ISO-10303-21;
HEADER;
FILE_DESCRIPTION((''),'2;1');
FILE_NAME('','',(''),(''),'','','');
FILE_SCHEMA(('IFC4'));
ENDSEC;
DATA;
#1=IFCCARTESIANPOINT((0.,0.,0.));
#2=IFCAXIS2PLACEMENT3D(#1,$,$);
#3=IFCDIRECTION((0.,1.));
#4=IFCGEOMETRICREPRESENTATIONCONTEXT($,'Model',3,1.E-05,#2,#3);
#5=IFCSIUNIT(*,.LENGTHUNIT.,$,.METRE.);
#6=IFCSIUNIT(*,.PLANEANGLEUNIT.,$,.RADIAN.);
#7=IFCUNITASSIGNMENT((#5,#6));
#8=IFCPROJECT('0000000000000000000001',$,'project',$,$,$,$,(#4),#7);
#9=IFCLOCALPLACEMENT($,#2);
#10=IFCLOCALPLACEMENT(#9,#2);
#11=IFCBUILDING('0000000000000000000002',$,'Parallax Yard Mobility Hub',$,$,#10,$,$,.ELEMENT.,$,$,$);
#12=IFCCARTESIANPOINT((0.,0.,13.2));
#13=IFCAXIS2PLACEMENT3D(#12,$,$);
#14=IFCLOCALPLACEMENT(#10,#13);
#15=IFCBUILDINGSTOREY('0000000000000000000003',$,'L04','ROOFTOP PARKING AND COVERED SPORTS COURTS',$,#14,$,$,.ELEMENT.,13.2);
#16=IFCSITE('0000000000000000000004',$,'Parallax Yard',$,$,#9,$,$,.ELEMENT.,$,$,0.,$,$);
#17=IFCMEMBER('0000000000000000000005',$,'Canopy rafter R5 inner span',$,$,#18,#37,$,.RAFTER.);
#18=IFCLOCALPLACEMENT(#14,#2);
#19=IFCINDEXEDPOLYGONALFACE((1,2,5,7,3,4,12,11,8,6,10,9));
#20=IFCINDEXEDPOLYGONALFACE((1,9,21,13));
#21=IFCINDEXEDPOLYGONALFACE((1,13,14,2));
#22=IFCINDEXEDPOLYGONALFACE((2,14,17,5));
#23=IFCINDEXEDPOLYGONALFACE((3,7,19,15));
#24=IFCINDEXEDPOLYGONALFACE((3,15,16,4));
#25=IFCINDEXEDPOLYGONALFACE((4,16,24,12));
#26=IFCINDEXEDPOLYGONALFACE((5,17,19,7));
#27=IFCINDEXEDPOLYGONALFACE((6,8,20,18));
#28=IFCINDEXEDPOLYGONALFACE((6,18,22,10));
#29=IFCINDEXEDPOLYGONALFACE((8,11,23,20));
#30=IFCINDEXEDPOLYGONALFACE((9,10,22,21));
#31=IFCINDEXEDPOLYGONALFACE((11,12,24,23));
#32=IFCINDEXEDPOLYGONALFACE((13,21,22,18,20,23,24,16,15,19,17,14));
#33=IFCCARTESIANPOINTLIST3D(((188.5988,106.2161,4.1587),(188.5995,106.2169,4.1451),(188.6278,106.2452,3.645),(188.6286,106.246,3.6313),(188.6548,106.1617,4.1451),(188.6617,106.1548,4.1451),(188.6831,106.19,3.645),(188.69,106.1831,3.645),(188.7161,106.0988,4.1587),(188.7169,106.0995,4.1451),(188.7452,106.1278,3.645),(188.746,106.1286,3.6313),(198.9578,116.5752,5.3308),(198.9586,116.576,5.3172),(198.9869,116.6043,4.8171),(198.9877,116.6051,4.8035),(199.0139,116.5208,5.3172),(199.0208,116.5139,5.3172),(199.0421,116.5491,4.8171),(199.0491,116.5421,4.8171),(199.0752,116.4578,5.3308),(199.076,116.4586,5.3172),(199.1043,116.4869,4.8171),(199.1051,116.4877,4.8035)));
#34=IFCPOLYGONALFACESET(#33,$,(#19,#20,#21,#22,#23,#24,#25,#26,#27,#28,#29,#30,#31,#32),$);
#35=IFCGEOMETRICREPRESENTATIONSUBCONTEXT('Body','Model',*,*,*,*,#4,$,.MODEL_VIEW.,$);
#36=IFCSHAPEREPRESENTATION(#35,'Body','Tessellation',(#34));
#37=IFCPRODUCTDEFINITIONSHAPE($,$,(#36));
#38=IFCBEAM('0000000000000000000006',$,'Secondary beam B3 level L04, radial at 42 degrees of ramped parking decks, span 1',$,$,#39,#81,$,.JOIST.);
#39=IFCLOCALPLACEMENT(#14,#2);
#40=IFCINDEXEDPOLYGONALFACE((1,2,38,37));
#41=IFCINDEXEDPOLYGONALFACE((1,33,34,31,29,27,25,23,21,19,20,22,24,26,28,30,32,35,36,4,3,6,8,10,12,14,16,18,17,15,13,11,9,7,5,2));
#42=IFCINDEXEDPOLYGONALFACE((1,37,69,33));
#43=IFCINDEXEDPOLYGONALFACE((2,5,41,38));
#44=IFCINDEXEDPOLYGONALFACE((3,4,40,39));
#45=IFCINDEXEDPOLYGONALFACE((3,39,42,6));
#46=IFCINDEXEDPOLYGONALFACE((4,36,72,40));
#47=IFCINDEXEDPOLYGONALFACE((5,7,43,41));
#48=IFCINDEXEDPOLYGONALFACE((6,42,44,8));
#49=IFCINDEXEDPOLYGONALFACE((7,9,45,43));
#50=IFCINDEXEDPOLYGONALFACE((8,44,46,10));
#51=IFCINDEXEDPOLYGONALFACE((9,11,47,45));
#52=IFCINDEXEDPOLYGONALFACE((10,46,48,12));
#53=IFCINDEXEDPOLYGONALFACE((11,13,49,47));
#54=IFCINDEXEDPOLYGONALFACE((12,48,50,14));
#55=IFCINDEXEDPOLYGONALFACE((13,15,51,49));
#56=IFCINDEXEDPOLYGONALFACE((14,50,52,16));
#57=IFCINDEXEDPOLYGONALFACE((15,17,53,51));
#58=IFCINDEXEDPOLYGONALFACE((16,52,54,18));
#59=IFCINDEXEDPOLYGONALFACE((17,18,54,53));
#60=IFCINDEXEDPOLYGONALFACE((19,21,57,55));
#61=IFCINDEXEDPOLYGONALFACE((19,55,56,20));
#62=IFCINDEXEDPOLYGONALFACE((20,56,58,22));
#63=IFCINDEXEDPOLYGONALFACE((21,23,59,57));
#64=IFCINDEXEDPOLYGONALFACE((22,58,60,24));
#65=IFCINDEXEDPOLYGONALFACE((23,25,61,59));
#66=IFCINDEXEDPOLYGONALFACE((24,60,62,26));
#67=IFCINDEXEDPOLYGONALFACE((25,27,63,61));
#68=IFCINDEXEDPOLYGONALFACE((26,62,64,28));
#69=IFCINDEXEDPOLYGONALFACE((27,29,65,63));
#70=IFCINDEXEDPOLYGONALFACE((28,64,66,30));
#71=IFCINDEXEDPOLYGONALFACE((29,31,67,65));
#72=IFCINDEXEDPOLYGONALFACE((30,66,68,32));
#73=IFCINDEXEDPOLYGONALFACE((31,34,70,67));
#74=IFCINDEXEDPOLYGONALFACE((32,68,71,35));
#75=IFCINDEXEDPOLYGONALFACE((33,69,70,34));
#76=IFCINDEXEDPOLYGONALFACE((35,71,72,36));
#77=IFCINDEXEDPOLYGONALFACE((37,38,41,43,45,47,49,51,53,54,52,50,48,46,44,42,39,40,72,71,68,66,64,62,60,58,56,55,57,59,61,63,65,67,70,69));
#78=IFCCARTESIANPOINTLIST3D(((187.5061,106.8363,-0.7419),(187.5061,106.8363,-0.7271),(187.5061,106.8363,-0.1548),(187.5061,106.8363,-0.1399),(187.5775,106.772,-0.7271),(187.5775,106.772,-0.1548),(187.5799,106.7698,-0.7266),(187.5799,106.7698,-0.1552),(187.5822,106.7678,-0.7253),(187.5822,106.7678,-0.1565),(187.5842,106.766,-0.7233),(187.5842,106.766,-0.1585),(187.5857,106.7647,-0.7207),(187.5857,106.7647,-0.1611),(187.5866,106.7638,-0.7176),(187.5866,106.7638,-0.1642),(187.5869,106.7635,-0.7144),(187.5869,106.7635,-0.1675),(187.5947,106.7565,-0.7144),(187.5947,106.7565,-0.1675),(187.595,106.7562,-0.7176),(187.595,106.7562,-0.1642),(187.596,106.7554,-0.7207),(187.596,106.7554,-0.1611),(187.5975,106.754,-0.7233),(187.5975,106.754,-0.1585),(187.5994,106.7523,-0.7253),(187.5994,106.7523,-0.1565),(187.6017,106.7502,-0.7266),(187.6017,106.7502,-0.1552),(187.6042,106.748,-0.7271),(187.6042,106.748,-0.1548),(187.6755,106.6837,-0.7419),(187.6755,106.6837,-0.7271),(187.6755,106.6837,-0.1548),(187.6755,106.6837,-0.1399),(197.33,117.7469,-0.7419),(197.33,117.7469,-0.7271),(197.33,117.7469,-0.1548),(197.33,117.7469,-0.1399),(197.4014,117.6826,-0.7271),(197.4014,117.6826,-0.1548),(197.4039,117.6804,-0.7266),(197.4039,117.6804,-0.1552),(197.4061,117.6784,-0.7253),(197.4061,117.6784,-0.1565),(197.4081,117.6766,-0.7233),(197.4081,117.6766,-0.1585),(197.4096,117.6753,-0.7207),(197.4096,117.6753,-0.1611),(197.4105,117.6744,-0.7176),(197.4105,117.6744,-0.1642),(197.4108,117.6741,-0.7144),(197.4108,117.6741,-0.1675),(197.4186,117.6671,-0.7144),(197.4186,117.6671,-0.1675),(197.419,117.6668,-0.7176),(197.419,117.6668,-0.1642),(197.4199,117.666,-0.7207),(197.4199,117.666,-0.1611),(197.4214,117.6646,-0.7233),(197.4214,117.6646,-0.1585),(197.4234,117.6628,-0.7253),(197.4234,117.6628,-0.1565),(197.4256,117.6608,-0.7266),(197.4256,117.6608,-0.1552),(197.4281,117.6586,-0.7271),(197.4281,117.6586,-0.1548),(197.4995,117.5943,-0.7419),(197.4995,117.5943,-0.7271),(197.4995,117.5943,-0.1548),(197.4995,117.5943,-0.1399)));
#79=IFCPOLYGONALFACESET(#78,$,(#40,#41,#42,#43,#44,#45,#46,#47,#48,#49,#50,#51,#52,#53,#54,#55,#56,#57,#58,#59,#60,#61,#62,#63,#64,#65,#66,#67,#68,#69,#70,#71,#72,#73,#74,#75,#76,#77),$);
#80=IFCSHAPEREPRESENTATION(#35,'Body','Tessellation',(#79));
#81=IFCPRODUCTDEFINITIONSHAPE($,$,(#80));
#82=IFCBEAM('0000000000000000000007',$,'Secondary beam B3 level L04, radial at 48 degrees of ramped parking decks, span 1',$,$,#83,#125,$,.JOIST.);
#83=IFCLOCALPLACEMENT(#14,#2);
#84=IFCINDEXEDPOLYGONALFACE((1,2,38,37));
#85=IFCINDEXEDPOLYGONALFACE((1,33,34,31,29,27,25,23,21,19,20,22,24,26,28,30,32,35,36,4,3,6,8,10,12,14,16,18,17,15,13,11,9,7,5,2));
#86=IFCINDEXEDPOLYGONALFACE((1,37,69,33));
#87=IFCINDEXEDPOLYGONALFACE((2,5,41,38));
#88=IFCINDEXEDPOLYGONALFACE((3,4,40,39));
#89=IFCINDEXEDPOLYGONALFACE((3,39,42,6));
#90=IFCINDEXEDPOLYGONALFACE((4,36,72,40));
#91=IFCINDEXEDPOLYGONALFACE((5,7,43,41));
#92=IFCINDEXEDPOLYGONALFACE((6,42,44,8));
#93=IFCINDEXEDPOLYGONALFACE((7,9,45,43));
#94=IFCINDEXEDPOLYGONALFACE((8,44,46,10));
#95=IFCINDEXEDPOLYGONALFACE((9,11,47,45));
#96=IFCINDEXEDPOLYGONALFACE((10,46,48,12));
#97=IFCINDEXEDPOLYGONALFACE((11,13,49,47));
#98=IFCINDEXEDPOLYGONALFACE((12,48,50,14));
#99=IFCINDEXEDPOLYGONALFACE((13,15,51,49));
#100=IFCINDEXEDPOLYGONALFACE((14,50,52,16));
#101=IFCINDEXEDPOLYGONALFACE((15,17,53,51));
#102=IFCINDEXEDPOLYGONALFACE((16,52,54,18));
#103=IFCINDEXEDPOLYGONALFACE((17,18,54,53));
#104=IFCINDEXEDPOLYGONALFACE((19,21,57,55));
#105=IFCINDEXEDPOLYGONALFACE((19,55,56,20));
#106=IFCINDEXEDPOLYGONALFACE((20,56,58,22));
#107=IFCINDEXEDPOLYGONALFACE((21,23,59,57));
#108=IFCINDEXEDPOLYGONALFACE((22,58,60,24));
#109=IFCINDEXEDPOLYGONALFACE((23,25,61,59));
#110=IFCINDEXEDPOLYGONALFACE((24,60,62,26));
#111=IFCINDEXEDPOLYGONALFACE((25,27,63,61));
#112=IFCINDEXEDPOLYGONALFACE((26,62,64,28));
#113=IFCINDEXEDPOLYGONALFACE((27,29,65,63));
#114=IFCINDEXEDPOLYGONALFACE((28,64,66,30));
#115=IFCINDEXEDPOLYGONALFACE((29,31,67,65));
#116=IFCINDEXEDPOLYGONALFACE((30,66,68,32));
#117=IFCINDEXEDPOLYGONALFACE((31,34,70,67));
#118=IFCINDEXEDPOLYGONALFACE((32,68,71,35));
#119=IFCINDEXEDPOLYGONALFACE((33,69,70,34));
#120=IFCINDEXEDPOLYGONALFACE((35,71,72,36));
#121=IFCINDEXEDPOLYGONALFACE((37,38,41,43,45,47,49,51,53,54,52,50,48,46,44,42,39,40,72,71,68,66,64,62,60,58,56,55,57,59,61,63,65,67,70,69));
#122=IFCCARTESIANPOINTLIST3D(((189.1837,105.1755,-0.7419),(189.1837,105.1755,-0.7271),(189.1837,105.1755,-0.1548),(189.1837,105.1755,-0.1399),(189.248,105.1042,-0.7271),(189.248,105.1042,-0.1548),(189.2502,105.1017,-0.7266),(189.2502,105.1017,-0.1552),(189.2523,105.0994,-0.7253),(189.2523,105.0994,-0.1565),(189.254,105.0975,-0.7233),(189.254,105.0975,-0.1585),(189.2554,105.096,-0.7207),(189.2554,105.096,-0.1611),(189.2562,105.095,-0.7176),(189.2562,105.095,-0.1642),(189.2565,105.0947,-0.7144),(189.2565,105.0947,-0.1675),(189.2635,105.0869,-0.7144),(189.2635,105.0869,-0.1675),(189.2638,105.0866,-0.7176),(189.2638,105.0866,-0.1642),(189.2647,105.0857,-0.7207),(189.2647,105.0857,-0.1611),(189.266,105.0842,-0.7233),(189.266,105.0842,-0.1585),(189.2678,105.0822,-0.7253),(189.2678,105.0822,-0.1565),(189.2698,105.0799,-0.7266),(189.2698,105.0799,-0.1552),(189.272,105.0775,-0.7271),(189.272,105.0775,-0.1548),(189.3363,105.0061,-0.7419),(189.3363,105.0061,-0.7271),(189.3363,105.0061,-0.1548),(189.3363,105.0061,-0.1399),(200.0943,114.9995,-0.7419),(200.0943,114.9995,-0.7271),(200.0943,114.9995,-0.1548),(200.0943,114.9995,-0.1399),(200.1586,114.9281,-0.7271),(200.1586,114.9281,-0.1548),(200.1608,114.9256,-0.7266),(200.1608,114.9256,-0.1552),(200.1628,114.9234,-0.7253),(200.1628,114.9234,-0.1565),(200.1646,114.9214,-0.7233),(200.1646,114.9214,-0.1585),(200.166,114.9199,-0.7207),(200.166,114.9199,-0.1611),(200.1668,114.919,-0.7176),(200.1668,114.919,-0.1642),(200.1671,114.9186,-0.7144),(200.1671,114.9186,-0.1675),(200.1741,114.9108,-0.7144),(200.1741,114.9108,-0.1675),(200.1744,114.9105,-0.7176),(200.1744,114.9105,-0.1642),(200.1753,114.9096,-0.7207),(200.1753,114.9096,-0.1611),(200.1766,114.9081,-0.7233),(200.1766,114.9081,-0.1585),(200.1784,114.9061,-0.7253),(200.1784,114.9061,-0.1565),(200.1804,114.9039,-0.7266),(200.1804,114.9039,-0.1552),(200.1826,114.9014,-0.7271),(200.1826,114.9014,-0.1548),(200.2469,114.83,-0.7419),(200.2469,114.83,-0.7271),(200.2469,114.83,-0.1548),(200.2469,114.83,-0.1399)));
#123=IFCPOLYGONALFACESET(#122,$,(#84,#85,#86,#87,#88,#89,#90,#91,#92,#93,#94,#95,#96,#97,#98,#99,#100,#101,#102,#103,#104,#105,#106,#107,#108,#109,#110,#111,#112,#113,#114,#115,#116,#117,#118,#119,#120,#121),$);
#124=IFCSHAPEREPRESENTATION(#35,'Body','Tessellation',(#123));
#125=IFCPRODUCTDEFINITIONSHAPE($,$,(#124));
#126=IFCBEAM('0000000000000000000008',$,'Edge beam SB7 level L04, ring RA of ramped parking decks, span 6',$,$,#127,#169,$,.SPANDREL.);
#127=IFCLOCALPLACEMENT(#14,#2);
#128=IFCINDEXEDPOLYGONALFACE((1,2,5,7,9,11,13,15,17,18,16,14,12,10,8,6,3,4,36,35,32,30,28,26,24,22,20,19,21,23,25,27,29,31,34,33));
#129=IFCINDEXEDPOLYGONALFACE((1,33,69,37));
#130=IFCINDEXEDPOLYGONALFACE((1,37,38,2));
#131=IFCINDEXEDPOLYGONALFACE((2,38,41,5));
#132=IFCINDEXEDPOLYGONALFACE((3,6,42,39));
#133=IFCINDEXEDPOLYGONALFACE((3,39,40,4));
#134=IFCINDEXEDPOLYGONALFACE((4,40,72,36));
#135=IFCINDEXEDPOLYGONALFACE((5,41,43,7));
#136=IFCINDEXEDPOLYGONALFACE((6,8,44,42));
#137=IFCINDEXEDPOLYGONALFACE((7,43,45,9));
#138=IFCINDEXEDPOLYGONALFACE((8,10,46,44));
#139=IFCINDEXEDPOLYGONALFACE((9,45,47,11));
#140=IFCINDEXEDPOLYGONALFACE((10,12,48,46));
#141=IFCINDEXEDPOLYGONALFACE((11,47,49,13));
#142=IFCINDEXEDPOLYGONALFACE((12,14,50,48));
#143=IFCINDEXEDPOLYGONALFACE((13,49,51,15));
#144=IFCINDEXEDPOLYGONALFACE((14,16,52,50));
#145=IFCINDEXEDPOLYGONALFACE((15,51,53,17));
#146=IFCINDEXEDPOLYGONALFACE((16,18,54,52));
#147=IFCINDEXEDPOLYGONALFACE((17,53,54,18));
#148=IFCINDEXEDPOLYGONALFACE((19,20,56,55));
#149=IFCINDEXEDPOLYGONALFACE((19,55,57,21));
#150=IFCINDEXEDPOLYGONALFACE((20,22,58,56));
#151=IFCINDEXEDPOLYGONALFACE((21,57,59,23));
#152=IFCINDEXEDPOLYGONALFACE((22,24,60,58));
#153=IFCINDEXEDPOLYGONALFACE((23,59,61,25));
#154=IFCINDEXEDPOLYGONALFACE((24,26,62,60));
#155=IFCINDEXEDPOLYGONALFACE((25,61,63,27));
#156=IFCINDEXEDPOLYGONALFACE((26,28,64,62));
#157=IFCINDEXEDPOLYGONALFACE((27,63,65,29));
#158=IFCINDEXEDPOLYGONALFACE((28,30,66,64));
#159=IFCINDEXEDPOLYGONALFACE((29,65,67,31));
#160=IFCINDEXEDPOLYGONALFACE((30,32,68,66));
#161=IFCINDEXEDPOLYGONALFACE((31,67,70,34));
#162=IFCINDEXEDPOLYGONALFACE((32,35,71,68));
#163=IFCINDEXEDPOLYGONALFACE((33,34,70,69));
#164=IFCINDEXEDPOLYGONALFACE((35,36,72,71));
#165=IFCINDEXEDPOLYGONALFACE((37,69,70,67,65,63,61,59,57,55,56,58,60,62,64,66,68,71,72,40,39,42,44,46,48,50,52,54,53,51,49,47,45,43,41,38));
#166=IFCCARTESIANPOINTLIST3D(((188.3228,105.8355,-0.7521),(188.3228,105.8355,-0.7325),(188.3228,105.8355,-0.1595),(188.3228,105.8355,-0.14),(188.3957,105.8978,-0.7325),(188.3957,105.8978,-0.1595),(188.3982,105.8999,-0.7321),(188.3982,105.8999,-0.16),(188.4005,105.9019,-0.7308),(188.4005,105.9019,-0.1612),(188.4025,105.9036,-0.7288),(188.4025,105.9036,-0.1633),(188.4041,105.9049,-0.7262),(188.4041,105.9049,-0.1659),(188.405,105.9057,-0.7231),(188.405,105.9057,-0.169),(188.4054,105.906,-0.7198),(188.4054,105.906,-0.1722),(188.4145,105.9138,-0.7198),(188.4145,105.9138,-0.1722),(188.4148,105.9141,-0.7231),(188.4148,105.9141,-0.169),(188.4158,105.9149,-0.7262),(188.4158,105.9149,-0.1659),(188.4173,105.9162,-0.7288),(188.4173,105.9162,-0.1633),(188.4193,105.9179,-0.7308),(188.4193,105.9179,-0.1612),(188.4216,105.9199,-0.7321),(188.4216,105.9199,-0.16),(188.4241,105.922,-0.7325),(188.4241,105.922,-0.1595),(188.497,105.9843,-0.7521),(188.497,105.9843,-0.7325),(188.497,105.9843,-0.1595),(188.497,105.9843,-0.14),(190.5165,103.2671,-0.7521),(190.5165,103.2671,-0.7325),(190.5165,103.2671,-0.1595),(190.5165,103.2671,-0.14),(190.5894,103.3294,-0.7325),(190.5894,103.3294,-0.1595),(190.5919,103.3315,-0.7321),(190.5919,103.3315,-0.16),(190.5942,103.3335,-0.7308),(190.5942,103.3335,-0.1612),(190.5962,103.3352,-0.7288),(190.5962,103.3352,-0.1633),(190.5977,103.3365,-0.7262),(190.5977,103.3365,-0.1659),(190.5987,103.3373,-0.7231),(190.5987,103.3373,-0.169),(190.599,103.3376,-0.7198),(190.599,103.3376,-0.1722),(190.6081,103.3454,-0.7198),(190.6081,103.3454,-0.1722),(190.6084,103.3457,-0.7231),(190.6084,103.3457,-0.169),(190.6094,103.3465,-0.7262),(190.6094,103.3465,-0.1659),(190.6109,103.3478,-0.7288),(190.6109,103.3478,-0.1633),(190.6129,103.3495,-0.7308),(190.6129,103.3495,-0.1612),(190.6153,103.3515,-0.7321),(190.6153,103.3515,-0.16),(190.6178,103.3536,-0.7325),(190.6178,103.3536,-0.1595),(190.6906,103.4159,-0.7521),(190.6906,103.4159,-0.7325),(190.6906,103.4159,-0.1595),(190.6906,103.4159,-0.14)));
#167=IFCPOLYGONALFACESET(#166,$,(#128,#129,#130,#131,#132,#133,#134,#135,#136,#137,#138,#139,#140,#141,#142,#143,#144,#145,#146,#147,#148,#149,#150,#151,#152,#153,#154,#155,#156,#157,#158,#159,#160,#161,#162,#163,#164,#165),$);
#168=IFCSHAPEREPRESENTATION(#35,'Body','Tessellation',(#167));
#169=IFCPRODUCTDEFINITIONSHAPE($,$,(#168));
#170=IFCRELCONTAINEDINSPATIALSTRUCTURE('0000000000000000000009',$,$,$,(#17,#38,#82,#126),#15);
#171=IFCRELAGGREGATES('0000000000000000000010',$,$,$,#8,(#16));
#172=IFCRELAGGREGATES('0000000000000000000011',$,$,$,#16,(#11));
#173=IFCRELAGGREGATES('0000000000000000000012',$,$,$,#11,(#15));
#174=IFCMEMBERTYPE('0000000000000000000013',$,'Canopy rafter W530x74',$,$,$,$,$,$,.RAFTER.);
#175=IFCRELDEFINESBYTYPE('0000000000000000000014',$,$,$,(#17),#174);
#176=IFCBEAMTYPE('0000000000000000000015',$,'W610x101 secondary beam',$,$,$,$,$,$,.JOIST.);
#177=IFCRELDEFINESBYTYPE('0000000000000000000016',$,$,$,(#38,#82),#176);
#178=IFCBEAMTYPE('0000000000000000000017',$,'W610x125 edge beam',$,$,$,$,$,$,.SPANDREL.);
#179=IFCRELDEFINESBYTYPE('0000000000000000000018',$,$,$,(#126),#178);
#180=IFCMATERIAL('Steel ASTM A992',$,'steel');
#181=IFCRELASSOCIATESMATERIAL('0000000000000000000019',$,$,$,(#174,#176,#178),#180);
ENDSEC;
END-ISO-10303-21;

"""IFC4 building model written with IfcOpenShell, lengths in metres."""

from ifc_helpers import new_model, si_unit, direction, frame, origin, origin_2d, place, context, subcontext, project, spatial, i_section, extrude, material, material_profile, profile_set, type_object, element, save


model = new_model("IFC4")

# Units and contexts
model_context = context("Model", 3, precision=1e-05, world=origin(), true_north=direction((0.0, 1.0)))
body_context = subcontext(model_context, "Body", "Model", "MODEL_VIEW")
ifc_project = project(units=[si_unit("LENGTHUNIT", "METRE"), si_unit("PLANEANGLEUNIT", "RADIAN")], contexts=[model_context])

# Site, building, storey
site_placement = place(None, origin())
site = spatial("IfcSite", under=ifc_project, at=site_placement, Name="Parallax Yard", CompositionType="ELEMENT", RefElevation=0.0)
building_placement = place(site_placement, origin())
building = spatial("IfcBuilding", under=site, at=building_placement, Name="Parallax Yard Mobility Hub", CompositionType="ELEMENT")
storey_placement = place(building_placement, frame((0.0, 0.0, 13.2)))
storey = spatial("IfcBuildingStorey", under=building, at=storey_placement, Name="L04", Description="ROOFTOP PARKING AND COVERED SPORTS COURTS", CompositionType="ELEMENT", Elevation=13.2)

# Member
ifc_material_1 = material(Name="Steel ASTM A992", Category="steel")
ifc_material_profile_1 = material_profile(ifc_material_1, i_section(OverallWidth=0.166, OverallDepth=0.5291, WebThickness=0.0098, FlangeThickness=0.0137, at=origin_2d()), Name="W530x74")
ifc_profile_set_1 = profile_set([ifc_material_profile_1], Name="Steel ASTM A992")
member_type_1 = type_object("IfcMemberType", Name="Canopy rafter W530x74", PredefinedType="RAFTER", material=ifc_profile_set_1)
member_1_placement = place(storey_placement, frame((188.6724, 106.1724, 3.895), z_axis=(0.704854, 0.704854, 0.079753), x_axis=(-0.707107, 0.707107, 0.0)))
element("IfcMember", 1, at=member_1_placement, inside=storey, type_object=member_type_1, Name="Canopy rafter R5 inner span", PredefinedType="RAFTER", context=body_context, shape_type="SweptSolid", body=[
    extrude(i_section(OverallWidth=0.166, OverallDepth=0.5291, WebThickness=0.0098, FlangeThickness=0.0137, at=origin_2d()), origin(), (0.0, 0.0, 1.0), 14.6968),
])

# Beams
ifc_material_profile_2 = material_profile(ifc_material_1, i_section(OverallWidth=0.228, OverallDepth=0.6021, WebThickness=0.0105, FlangeThickness=0.0149, FilletRadius=0.0127, at=origin_2d()), Name="W610x101")
ifc_profile_set_2 = profile_set([ifc_material_profile_2], Name="Steel ASTM A992")
beam_type_1 = type_object("IfcBeamType", Name="W610x101 secondary beam", PredefinedType="JOIST", material=ifc_profile_set_2)
for number, where, z_axis, x_axis, name in (
    (2, (187.5908, 106.76, -0.4409), (0.66913, 0.743145, 0.0), (-0.743145, 0.66913, 0.0), "Secondary beam B3 level L04, radial at 42 degrees of ramped parking decks, span 1"),
    (3, (189.26, 105.0908, -0.4409), (0.743145, 0.66913, 0.0), (-0.66913, 0.743145, 0.0), "Secondary beam B3 level L04, radial at 48 degrees of ramped parking decks, span 1"),
):
    element("IfcBeam", number, at=place(storey_placement, frame(where, z_axis=z_axis, x_axis=x_axis)), inside=storey, type_object=beam_type_1, Name=name, PredefinedType="JOIST", context=body_context, shape_type="SweptSolid", body=[
        extrude(i_section(OverallWidth=0.228, OverallDepth=0.6021, WebThickness=0.0105, FlangeThickness=0.0149, FilletRadius=0.0127, at=origin_2d()), origin(), (0.0, 0.0, 1.0), 14.6816),
    ])
ifc_material_profile_3 = material_profile(ifc_material_1, i_section(OverallWidth=0.229, OverallDepth=0.6121, WebThickness=0.012, FlangeThickness=0.0195, FilletRadius=0.0127, at=origin_2d()), Name="W610x125")
ifc_profile_set_3 = profile_set([ifc_material_profile_3], Name="Steel ASTM A992")
beam_type_2 = type_object("IfcBeamType", Name="W610x125 edge beam", PredefinedType="SPANDREL", material=ifc_profile_set_3)
beam_1_placement = place(storey_placement, frame((188.4099, 105.9099, -0.446), z_axis=(0.649451, -0.760403, 0.0), x_axis=(0.760403, 0.649451, 0.0)))
element("IfcBeam", 4, at=beam_1_placement, inside=storey, type_object=beam_type_2, Name="Edge beam SB7 level L04, ring RA of ramped parking decks, span 6", PredefinedType="SPANDREL", context=body_context, shape_type="SweptSolid", body=[
    extrude(i_section(OverallWidth=0.229, OverallDepth=0.6121, WebThickness=0.012, FlangeThickness=0.0195, FilletRadius=0.0127, at=origin_2d()), origin(), (0.0, 0.0, 1.0), 3.3777),
])

save(model, "model.ifc")
